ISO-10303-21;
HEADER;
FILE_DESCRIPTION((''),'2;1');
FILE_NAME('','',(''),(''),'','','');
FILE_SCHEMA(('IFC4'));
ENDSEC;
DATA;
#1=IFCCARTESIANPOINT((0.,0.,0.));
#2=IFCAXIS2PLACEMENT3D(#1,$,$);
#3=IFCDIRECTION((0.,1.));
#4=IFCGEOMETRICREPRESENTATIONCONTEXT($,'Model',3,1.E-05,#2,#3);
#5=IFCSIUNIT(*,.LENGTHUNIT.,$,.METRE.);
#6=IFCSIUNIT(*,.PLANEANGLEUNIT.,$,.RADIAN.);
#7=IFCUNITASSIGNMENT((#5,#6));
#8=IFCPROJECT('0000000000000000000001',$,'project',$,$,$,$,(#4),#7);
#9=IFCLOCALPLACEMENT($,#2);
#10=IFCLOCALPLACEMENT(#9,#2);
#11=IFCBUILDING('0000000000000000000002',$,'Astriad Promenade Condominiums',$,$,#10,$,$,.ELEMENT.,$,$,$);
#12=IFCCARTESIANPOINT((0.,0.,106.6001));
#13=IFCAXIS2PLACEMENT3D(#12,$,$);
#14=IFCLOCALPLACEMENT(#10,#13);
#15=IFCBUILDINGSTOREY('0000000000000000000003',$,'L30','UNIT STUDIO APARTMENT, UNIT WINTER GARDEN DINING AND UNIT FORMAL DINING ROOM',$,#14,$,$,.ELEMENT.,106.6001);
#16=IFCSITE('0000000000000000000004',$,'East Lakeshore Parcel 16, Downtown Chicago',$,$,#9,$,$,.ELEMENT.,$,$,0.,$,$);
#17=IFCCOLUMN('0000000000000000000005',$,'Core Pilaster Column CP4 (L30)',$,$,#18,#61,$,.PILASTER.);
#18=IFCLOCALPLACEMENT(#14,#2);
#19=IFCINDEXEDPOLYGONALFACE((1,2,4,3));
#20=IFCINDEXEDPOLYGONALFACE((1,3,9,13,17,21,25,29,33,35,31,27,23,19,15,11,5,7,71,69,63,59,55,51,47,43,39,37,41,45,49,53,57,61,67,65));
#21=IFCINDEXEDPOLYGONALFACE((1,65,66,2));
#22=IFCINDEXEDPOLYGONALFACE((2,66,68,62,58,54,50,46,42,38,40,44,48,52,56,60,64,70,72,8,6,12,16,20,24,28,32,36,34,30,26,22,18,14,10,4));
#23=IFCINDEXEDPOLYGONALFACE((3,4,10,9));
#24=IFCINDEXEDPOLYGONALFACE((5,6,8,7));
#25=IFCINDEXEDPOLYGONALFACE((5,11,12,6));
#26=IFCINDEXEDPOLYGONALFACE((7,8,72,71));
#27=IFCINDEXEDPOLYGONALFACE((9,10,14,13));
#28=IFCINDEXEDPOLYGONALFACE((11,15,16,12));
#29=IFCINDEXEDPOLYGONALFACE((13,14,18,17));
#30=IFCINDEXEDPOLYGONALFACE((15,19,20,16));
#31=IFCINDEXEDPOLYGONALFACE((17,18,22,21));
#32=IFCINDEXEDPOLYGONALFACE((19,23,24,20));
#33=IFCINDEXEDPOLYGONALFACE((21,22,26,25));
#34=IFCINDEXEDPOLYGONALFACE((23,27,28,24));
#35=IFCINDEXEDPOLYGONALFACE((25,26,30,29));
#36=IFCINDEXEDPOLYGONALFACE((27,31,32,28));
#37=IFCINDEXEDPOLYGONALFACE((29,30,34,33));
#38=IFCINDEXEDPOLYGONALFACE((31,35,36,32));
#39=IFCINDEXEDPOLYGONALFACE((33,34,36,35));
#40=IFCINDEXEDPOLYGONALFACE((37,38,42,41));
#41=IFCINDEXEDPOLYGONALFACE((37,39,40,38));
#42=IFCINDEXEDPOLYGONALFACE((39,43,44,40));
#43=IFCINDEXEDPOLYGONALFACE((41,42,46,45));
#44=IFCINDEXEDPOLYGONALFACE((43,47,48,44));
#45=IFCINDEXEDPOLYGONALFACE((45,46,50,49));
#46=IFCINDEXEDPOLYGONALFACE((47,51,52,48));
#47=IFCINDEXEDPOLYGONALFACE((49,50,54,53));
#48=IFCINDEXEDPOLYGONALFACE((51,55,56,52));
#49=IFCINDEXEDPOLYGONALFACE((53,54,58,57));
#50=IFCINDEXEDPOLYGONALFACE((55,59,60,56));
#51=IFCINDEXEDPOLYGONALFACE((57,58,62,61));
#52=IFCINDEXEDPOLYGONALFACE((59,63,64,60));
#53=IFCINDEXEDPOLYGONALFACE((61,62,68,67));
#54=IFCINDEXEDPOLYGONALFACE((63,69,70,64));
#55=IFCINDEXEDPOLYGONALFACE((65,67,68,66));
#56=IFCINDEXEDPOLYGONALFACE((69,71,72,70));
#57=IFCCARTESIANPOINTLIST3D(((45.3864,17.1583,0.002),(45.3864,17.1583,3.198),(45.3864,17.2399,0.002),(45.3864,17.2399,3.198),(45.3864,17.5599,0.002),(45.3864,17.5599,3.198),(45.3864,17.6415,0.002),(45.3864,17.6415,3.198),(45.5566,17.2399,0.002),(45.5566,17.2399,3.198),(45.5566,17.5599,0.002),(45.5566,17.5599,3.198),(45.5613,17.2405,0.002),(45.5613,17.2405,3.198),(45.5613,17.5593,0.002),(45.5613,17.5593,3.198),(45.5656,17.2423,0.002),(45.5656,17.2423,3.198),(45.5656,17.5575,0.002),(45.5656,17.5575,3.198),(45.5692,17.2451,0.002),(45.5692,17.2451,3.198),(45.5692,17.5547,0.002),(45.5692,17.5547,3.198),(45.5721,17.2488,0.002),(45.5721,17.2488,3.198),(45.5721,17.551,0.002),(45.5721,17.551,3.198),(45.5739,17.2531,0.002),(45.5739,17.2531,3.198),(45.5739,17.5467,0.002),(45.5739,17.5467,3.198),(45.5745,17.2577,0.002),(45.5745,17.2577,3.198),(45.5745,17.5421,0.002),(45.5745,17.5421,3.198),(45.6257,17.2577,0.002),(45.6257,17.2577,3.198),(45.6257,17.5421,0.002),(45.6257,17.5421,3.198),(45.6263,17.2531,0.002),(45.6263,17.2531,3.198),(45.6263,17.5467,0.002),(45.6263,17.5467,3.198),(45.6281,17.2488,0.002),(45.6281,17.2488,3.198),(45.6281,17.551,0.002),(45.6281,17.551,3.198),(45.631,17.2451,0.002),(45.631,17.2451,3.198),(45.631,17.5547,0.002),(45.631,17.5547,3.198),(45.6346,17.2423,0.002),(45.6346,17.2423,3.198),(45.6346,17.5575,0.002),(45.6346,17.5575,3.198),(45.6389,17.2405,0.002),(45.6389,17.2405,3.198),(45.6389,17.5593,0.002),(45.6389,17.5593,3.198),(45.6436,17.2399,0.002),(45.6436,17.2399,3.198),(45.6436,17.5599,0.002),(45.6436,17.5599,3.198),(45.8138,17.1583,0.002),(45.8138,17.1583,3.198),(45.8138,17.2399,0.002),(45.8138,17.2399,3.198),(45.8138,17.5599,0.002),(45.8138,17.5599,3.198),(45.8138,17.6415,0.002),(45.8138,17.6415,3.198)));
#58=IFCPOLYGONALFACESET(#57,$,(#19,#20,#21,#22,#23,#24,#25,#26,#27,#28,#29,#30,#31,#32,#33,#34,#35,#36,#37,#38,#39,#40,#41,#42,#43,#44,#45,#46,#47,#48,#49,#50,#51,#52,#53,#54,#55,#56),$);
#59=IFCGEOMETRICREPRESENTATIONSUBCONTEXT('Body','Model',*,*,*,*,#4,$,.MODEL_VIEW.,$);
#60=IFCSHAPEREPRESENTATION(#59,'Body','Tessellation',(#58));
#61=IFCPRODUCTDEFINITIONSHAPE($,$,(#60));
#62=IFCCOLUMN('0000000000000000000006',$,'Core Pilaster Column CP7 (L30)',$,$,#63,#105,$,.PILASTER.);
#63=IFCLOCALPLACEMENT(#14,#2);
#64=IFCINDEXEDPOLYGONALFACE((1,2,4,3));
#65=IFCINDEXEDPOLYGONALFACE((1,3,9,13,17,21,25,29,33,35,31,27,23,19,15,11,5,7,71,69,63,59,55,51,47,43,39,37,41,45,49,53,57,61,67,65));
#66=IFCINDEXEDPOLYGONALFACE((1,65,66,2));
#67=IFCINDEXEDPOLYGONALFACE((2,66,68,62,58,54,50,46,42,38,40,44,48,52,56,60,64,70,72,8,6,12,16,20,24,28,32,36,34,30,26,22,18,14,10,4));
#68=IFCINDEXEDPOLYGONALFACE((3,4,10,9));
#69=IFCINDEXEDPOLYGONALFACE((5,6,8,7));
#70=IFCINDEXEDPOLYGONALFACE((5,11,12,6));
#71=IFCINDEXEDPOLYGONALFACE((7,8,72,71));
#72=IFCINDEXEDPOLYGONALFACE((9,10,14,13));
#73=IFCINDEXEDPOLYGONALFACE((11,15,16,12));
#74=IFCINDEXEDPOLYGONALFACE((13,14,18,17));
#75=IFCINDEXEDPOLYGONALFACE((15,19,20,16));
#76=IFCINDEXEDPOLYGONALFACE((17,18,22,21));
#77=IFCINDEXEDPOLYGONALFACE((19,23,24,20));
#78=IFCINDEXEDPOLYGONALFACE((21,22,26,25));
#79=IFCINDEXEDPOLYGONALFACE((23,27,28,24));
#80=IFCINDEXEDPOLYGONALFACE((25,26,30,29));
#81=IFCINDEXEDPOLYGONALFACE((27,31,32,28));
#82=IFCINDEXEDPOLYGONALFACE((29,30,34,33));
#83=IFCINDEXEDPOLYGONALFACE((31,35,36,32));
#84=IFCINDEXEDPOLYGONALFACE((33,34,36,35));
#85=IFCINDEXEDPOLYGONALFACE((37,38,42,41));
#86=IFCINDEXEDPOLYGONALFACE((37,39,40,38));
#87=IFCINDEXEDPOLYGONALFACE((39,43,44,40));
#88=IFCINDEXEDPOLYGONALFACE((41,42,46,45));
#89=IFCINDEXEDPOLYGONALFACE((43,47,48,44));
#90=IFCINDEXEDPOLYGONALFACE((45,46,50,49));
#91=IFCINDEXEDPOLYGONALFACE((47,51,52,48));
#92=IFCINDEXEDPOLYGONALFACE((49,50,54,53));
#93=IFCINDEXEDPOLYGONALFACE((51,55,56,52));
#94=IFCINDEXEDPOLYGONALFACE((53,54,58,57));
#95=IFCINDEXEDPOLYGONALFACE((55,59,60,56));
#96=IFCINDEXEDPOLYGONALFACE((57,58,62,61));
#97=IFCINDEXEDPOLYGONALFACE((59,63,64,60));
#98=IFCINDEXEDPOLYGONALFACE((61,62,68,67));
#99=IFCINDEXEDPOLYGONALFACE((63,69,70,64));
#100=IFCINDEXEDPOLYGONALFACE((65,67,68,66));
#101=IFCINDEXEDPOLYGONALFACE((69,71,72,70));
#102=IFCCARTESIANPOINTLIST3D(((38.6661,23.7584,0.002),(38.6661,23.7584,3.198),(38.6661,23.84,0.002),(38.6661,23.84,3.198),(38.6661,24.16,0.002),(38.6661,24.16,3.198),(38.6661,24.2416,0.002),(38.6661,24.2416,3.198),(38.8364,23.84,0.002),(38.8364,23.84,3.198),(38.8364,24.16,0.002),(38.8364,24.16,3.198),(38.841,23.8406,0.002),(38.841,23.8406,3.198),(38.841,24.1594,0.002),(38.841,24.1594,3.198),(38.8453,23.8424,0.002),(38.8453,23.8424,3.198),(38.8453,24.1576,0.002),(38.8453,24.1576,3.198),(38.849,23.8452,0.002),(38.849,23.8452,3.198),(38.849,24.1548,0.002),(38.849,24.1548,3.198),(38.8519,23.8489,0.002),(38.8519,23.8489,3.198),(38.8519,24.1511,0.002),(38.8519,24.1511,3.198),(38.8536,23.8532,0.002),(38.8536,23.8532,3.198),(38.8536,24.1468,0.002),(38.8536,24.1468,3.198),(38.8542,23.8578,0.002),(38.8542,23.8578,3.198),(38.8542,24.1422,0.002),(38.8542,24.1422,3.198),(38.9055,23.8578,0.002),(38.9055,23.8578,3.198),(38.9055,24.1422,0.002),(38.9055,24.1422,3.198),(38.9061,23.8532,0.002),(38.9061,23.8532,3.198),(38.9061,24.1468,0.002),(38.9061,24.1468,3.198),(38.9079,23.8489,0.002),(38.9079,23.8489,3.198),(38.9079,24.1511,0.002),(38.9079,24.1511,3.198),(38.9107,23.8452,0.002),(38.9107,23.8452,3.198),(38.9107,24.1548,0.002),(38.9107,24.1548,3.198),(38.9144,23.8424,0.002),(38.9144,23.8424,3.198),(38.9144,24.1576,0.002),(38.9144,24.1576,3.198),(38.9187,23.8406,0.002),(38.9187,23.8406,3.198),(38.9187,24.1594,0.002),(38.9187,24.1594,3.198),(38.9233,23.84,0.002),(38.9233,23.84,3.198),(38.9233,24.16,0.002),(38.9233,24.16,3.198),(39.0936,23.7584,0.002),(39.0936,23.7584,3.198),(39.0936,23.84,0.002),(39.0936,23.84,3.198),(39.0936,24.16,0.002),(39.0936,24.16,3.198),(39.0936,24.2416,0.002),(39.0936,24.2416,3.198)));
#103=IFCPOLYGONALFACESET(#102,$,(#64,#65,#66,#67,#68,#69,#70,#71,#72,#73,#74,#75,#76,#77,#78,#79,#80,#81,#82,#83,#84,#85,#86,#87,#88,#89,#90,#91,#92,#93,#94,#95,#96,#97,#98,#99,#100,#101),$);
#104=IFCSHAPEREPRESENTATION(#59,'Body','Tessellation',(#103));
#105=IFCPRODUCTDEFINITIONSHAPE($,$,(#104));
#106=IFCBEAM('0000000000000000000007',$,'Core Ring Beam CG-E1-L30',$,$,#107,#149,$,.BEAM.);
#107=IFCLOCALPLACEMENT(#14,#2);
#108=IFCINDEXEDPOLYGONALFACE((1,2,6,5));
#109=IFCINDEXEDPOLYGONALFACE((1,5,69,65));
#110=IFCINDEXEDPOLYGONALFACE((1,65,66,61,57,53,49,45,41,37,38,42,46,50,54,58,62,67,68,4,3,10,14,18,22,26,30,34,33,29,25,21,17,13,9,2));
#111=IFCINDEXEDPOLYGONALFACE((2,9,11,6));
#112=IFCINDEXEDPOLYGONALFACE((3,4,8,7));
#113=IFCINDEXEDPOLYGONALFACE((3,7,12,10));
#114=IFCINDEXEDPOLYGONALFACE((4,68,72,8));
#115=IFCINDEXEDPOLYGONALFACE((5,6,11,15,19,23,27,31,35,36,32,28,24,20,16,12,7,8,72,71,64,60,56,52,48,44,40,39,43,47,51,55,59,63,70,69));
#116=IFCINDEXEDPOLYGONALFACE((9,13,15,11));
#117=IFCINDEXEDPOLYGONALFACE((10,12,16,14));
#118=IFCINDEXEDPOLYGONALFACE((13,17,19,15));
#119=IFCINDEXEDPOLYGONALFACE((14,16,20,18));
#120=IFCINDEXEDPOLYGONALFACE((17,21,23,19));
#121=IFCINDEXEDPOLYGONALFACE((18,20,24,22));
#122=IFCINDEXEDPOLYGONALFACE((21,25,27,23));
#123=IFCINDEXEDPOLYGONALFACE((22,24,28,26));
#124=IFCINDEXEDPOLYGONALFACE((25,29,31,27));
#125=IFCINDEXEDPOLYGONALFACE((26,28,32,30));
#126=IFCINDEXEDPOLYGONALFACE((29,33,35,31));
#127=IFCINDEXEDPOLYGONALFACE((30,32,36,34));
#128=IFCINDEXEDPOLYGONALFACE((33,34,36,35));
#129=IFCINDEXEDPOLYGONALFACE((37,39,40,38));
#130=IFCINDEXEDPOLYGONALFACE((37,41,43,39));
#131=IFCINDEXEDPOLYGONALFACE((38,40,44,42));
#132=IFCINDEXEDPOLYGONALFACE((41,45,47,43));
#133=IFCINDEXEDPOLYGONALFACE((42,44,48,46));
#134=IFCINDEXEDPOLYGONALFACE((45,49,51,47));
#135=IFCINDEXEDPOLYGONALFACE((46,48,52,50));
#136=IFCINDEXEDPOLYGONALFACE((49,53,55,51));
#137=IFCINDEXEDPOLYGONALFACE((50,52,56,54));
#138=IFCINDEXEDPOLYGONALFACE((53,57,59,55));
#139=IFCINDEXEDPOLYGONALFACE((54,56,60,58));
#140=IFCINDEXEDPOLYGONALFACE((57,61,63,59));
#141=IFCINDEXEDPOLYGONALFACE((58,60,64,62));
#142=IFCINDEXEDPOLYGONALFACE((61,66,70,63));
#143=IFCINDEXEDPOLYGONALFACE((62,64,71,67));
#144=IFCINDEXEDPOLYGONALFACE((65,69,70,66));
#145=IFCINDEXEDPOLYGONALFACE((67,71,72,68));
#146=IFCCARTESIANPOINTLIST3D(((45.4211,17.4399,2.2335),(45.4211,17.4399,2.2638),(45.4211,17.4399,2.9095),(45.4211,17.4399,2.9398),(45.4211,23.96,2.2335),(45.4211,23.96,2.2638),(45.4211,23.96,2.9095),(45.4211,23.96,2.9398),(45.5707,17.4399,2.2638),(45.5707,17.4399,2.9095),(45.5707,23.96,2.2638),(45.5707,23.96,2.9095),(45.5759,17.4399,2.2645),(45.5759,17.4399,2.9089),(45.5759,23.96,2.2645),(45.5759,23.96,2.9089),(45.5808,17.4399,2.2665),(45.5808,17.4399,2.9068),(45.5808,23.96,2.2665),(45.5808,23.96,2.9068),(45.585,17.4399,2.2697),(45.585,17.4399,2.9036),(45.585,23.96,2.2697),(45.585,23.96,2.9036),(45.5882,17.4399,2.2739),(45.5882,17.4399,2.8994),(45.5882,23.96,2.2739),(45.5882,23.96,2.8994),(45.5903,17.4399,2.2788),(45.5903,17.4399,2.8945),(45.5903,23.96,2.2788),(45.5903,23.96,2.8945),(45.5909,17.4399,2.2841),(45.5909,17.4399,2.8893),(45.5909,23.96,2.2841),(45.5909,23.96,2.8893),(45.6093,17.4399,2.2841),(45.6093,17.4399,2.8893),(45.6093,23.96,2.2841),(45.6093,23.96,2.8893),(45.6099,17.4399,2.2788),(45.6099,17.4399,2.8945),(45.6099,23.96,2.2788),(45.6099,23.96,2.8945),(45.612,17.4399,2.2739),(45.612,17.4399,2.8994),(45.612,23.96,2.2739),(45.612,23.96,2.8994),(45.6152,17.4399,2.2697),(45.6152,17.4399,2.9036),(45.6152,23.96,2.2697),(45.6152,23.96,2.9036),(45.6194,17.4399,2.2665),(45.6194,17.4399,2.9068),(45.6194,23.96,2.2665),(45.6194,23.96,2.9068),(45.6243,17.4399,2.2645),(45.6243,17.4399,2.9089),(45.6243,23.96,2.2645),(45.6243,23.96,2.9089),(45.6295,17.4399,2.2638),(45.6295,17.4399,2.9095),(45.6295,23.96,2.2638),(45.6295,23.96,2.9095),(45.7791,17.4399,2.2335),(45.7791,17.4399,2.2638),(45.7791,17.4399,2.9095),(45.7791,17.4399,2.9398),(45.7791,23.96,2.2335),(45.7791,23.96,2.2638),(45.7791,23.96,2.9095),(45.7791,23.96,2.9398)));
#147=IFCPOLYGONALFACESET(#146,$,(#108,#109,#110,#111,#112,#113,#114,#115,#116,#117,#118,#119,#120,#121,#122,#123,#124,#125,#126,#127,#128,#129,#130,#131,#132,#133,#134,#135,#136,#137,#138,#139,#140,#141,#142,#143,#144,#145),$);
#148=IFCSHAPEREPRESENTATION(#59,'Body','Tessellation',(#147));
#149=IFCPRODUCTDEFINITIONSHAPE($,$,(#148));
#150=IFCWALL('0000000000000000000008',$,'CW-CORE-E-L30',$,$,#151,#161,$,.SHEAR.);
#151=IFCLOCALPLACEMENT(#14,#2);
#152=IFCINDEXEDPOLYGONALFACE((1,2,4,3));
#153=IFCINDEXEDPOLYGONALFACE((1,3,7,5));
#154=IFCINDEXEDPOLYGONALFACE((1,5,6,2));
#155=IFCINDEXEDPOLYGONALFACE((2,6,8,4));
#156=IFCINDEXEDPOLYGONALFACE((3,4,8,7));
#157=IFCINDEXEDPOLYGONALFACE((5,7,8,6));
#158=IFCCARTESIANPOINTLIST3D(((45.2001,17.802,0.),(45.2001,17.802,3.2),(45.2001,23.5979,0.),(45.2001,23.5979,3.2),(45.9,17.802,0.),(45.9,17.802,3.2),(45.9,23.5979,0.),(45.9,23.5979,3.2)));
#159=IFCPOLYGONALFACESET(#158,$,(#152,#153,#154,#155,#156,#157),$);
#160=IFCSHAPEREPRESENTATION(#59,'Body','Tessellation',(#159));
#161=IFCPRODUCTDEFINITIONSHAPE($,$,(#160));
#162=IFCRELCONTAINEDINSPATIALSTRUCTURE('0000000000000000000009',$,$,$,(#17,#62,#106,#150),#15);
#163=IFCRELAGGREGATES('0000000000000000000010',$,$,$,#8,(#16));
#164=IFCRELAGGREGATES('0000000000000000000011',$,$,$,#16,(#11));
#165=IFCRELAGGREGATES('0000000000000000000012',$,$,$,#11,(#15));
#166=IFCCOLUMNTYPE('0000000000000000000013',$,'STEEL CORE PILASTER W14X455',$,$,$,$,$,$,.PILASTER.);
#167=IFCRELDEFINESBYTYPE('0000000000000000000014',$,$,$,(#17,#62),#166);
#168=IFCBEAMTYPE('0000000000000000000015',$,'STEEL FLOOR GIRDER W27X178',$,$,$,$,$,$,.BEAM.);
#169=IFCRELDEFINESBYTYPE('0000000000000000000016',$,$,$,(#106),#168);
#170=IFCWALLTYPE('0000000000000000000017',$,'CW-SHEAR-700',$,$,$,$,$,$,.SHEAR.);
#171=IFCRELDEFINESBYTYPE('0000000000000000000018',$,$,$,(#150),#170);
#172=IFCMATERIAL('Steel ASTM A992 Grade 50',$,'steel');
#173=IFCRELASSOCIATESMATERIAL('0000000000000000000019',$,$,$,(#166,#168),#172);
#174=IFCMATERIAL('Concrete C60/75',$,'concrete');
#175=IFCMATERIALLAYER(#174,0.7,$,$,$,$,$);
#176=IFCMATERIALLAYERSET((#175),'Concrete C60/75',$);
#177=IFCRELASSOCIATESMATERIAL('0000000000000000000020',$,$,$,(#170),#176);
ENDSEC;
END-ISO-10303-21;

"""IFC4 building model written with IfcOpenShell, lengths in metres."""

from ifc_helpers import new_model, si_unit, direction, frame, frame_2d, origin, origin_2d, place, context, subcontext, project, spatial, rectangle, i_section, extrude, source, transform, mapped, material, layer, layer_set, material_profile, profile_set, type_object, type_shapes, element, save


model = new_model("IFC4")

# Units and contexts
model_context = context("Model", 3, precision=1e-05, world=origin(), true_north=direction((0.0, 1.0)))
body_context = subcontext(model_context, "Body", "Model", "MODEL_VIEW")
ifc_project = project(units=[si_unit("LENGTHUNIT", "METRE"), si_unit("PLANEANGLEUNIT", "RADIAN")], contexts=[model_context])

# Site, building, storey
site_placement = place(None, origin())
site = spatial("IfcSite", under=ifc_project, at=site_placement, Name="East Lakeshore Parcel 16, Downtown Chicago", CompositionType="ELEMENT", RefElevation=0.0)
building_placement = place(site_placement, origin())
building = spatial("IfcBuilding", under=site, at=building_placement, Name="Astriad Promenade Condominiums", CompositionType="ELEMENT")
storey_placement = place(building_placement, frame((0.0, 0.0, 106.6001)))
storey = spatial("IfcBuildingStorey", under=building, at=storey_placement, Name="L30", Description="UNIT STUDIO APARTMENT, UNIT WINTER GARDEN DINING AND UNIT FORMAL DINING ROOM", CompositionType="ELEMENT", Elevation=106.6001)

# Columns
ifc_material_1 = material(Name="Steel ASTM A992 Grade 50", Category="steel")
ifc_material_profile_1 = material_profile(ifc_material_1, i_section(OverallWidth=0.4275, OverallDepth=0.4832, WebThickness=0.0513, FlangeThickness=0.0815, FilletRadius=0.0178, at=origin_2d()), Name="W14X455")
ifc_profile_set_1 = profile_set([ifc_material_profile_1], Name="Steel ASTM A992 Grade 50")
column_type = type_object("IfcColumnType", Name="STEEL CORE PILASTER W14X455", PredefinedType="PILASTER", material=ifc_profile_set_1)
shared_shape_1 = source(origin(), body_context, "Body", "SweptSolid", [
    extrude(i_section(OverallWidth=0.4275, OverallDepth=0.4832, WebThickness=0.0513, FlangeThickness=0.0815, FilletRadius=0.0178, at=origin_2d()), origin(), (0.0, 0.0, 1.0), 3.196),
])
type_shapes(column_type, [shared_shape_1])
for number, where, z_axis, x_axis, name in (
    (1, (45.6001, 17.3999, 0.002), (0.0, 0.0, 1.0), (1.0, 0.0, 0.0), "Core Pilaster Column CP4 (L30)"),
    (2, (38.8799, 24.0, 0.002), (0.0, 0.0, 1.0), (1.0, 0.0, 0.0), "Core Pilaster Column CP7 (L30)"),
):
    element("IfcColumn", number, at=place(storey_placement, frame(where, z_axis=z_axis, x_axis=x_axis)), inside=storey, type_object=column_type, Name=name, PredefinedType="PILASTER", context=body_context, shape_type="MappedRepresentation", body=[
        mapped(shared_shape_1, transform((0.0, 0.0, 0.0), scale=1.0)),
    ])

# Beam
ifc_material_profile_2 = material_profile(ifc_material_1, i_section(OverallWidth=0.3579, OverallDepth=0.7063, WebThickness=0.0183, FlangeThickness=0.0303, FilletRadius=0.0203, at=origin_2d()), Name="W27X178")
ifc_profile_set_2 = profile_set([ifc_material_profile_2], Name="Steel ASTM A992 Grade 50")
beam_type = type_object("IfcBeamType", Name="STEEL FLOOR GIRDER W27X178", PredefinedType="BEAM", material=ifc_profile_set_2)
shared_shape_2 = source(origin(), body_context, "Body", "SweptSolid", [
    extrude(i_section(OverallWidth=0.3579, OverallDepth=0.7063, WebThickness=0.0183, FlangeThickness=0.0303, FilletRadius=0.0203, at=origin_2d()), origin(), (0.0, 0.0, 1.0), 6.52),
])
type_shapes(beam_type, [shared_shape_2])
beam_placement = place(storey_placement, frame((45.6001, 17.4399, 2.5867), z_axis=(0.0, 1.0, 0.0), x_axis=(-1.0, 0.0, 0.0)))
element("IfcBeam", 3, at=beam_placement, inside=storey, type_object=beam_type, Name="Core Ring Beam CG-E1-L30", PredefinedType="BEAM", context=body_context, shape_type="MappedRepresentation", body=[
    mapped(shared_shape_2, transform((0.0, 0.0, 0.0), scale=1.0)),
])

# Wall
ifc_material_2 = material(Name="Concrete C60/75", Category="concrete")
ifc_layer_1 = layer(ifc_material_2, 0.7)
ifc_layer_set_1 = layer_set([ifc_layer_1], Name="Concrete C60/75")
wall_type_1 = type_object("IfcWallType", Name="CW-SHEAR-700", PredefinedType="SHEAR", material=ifc_layer_set_1)
wall_1_placement = place(storey_placement, frame((45.55, 17.802, 0.0), z_axis=(0.0, 0.0, 1.0), x_axis=(0.0, 1.0, 0.0)))
element("IfcWall", 4, at=wall_1_placement, inside=storey, type_object=wall_type_1, Name="CW-CORE-E-L30", PredefinedType="SHEAR", context=body_context, shape_type="SweptSolid", body=[
    extrude(rectangle(XDim=5.7959, YDim=0.7, at=frame_2d((2.8979, 0.0))), origin(), (0.0, 0.0, 1.0), 3.2),
])

save(model, "model.ifc")
